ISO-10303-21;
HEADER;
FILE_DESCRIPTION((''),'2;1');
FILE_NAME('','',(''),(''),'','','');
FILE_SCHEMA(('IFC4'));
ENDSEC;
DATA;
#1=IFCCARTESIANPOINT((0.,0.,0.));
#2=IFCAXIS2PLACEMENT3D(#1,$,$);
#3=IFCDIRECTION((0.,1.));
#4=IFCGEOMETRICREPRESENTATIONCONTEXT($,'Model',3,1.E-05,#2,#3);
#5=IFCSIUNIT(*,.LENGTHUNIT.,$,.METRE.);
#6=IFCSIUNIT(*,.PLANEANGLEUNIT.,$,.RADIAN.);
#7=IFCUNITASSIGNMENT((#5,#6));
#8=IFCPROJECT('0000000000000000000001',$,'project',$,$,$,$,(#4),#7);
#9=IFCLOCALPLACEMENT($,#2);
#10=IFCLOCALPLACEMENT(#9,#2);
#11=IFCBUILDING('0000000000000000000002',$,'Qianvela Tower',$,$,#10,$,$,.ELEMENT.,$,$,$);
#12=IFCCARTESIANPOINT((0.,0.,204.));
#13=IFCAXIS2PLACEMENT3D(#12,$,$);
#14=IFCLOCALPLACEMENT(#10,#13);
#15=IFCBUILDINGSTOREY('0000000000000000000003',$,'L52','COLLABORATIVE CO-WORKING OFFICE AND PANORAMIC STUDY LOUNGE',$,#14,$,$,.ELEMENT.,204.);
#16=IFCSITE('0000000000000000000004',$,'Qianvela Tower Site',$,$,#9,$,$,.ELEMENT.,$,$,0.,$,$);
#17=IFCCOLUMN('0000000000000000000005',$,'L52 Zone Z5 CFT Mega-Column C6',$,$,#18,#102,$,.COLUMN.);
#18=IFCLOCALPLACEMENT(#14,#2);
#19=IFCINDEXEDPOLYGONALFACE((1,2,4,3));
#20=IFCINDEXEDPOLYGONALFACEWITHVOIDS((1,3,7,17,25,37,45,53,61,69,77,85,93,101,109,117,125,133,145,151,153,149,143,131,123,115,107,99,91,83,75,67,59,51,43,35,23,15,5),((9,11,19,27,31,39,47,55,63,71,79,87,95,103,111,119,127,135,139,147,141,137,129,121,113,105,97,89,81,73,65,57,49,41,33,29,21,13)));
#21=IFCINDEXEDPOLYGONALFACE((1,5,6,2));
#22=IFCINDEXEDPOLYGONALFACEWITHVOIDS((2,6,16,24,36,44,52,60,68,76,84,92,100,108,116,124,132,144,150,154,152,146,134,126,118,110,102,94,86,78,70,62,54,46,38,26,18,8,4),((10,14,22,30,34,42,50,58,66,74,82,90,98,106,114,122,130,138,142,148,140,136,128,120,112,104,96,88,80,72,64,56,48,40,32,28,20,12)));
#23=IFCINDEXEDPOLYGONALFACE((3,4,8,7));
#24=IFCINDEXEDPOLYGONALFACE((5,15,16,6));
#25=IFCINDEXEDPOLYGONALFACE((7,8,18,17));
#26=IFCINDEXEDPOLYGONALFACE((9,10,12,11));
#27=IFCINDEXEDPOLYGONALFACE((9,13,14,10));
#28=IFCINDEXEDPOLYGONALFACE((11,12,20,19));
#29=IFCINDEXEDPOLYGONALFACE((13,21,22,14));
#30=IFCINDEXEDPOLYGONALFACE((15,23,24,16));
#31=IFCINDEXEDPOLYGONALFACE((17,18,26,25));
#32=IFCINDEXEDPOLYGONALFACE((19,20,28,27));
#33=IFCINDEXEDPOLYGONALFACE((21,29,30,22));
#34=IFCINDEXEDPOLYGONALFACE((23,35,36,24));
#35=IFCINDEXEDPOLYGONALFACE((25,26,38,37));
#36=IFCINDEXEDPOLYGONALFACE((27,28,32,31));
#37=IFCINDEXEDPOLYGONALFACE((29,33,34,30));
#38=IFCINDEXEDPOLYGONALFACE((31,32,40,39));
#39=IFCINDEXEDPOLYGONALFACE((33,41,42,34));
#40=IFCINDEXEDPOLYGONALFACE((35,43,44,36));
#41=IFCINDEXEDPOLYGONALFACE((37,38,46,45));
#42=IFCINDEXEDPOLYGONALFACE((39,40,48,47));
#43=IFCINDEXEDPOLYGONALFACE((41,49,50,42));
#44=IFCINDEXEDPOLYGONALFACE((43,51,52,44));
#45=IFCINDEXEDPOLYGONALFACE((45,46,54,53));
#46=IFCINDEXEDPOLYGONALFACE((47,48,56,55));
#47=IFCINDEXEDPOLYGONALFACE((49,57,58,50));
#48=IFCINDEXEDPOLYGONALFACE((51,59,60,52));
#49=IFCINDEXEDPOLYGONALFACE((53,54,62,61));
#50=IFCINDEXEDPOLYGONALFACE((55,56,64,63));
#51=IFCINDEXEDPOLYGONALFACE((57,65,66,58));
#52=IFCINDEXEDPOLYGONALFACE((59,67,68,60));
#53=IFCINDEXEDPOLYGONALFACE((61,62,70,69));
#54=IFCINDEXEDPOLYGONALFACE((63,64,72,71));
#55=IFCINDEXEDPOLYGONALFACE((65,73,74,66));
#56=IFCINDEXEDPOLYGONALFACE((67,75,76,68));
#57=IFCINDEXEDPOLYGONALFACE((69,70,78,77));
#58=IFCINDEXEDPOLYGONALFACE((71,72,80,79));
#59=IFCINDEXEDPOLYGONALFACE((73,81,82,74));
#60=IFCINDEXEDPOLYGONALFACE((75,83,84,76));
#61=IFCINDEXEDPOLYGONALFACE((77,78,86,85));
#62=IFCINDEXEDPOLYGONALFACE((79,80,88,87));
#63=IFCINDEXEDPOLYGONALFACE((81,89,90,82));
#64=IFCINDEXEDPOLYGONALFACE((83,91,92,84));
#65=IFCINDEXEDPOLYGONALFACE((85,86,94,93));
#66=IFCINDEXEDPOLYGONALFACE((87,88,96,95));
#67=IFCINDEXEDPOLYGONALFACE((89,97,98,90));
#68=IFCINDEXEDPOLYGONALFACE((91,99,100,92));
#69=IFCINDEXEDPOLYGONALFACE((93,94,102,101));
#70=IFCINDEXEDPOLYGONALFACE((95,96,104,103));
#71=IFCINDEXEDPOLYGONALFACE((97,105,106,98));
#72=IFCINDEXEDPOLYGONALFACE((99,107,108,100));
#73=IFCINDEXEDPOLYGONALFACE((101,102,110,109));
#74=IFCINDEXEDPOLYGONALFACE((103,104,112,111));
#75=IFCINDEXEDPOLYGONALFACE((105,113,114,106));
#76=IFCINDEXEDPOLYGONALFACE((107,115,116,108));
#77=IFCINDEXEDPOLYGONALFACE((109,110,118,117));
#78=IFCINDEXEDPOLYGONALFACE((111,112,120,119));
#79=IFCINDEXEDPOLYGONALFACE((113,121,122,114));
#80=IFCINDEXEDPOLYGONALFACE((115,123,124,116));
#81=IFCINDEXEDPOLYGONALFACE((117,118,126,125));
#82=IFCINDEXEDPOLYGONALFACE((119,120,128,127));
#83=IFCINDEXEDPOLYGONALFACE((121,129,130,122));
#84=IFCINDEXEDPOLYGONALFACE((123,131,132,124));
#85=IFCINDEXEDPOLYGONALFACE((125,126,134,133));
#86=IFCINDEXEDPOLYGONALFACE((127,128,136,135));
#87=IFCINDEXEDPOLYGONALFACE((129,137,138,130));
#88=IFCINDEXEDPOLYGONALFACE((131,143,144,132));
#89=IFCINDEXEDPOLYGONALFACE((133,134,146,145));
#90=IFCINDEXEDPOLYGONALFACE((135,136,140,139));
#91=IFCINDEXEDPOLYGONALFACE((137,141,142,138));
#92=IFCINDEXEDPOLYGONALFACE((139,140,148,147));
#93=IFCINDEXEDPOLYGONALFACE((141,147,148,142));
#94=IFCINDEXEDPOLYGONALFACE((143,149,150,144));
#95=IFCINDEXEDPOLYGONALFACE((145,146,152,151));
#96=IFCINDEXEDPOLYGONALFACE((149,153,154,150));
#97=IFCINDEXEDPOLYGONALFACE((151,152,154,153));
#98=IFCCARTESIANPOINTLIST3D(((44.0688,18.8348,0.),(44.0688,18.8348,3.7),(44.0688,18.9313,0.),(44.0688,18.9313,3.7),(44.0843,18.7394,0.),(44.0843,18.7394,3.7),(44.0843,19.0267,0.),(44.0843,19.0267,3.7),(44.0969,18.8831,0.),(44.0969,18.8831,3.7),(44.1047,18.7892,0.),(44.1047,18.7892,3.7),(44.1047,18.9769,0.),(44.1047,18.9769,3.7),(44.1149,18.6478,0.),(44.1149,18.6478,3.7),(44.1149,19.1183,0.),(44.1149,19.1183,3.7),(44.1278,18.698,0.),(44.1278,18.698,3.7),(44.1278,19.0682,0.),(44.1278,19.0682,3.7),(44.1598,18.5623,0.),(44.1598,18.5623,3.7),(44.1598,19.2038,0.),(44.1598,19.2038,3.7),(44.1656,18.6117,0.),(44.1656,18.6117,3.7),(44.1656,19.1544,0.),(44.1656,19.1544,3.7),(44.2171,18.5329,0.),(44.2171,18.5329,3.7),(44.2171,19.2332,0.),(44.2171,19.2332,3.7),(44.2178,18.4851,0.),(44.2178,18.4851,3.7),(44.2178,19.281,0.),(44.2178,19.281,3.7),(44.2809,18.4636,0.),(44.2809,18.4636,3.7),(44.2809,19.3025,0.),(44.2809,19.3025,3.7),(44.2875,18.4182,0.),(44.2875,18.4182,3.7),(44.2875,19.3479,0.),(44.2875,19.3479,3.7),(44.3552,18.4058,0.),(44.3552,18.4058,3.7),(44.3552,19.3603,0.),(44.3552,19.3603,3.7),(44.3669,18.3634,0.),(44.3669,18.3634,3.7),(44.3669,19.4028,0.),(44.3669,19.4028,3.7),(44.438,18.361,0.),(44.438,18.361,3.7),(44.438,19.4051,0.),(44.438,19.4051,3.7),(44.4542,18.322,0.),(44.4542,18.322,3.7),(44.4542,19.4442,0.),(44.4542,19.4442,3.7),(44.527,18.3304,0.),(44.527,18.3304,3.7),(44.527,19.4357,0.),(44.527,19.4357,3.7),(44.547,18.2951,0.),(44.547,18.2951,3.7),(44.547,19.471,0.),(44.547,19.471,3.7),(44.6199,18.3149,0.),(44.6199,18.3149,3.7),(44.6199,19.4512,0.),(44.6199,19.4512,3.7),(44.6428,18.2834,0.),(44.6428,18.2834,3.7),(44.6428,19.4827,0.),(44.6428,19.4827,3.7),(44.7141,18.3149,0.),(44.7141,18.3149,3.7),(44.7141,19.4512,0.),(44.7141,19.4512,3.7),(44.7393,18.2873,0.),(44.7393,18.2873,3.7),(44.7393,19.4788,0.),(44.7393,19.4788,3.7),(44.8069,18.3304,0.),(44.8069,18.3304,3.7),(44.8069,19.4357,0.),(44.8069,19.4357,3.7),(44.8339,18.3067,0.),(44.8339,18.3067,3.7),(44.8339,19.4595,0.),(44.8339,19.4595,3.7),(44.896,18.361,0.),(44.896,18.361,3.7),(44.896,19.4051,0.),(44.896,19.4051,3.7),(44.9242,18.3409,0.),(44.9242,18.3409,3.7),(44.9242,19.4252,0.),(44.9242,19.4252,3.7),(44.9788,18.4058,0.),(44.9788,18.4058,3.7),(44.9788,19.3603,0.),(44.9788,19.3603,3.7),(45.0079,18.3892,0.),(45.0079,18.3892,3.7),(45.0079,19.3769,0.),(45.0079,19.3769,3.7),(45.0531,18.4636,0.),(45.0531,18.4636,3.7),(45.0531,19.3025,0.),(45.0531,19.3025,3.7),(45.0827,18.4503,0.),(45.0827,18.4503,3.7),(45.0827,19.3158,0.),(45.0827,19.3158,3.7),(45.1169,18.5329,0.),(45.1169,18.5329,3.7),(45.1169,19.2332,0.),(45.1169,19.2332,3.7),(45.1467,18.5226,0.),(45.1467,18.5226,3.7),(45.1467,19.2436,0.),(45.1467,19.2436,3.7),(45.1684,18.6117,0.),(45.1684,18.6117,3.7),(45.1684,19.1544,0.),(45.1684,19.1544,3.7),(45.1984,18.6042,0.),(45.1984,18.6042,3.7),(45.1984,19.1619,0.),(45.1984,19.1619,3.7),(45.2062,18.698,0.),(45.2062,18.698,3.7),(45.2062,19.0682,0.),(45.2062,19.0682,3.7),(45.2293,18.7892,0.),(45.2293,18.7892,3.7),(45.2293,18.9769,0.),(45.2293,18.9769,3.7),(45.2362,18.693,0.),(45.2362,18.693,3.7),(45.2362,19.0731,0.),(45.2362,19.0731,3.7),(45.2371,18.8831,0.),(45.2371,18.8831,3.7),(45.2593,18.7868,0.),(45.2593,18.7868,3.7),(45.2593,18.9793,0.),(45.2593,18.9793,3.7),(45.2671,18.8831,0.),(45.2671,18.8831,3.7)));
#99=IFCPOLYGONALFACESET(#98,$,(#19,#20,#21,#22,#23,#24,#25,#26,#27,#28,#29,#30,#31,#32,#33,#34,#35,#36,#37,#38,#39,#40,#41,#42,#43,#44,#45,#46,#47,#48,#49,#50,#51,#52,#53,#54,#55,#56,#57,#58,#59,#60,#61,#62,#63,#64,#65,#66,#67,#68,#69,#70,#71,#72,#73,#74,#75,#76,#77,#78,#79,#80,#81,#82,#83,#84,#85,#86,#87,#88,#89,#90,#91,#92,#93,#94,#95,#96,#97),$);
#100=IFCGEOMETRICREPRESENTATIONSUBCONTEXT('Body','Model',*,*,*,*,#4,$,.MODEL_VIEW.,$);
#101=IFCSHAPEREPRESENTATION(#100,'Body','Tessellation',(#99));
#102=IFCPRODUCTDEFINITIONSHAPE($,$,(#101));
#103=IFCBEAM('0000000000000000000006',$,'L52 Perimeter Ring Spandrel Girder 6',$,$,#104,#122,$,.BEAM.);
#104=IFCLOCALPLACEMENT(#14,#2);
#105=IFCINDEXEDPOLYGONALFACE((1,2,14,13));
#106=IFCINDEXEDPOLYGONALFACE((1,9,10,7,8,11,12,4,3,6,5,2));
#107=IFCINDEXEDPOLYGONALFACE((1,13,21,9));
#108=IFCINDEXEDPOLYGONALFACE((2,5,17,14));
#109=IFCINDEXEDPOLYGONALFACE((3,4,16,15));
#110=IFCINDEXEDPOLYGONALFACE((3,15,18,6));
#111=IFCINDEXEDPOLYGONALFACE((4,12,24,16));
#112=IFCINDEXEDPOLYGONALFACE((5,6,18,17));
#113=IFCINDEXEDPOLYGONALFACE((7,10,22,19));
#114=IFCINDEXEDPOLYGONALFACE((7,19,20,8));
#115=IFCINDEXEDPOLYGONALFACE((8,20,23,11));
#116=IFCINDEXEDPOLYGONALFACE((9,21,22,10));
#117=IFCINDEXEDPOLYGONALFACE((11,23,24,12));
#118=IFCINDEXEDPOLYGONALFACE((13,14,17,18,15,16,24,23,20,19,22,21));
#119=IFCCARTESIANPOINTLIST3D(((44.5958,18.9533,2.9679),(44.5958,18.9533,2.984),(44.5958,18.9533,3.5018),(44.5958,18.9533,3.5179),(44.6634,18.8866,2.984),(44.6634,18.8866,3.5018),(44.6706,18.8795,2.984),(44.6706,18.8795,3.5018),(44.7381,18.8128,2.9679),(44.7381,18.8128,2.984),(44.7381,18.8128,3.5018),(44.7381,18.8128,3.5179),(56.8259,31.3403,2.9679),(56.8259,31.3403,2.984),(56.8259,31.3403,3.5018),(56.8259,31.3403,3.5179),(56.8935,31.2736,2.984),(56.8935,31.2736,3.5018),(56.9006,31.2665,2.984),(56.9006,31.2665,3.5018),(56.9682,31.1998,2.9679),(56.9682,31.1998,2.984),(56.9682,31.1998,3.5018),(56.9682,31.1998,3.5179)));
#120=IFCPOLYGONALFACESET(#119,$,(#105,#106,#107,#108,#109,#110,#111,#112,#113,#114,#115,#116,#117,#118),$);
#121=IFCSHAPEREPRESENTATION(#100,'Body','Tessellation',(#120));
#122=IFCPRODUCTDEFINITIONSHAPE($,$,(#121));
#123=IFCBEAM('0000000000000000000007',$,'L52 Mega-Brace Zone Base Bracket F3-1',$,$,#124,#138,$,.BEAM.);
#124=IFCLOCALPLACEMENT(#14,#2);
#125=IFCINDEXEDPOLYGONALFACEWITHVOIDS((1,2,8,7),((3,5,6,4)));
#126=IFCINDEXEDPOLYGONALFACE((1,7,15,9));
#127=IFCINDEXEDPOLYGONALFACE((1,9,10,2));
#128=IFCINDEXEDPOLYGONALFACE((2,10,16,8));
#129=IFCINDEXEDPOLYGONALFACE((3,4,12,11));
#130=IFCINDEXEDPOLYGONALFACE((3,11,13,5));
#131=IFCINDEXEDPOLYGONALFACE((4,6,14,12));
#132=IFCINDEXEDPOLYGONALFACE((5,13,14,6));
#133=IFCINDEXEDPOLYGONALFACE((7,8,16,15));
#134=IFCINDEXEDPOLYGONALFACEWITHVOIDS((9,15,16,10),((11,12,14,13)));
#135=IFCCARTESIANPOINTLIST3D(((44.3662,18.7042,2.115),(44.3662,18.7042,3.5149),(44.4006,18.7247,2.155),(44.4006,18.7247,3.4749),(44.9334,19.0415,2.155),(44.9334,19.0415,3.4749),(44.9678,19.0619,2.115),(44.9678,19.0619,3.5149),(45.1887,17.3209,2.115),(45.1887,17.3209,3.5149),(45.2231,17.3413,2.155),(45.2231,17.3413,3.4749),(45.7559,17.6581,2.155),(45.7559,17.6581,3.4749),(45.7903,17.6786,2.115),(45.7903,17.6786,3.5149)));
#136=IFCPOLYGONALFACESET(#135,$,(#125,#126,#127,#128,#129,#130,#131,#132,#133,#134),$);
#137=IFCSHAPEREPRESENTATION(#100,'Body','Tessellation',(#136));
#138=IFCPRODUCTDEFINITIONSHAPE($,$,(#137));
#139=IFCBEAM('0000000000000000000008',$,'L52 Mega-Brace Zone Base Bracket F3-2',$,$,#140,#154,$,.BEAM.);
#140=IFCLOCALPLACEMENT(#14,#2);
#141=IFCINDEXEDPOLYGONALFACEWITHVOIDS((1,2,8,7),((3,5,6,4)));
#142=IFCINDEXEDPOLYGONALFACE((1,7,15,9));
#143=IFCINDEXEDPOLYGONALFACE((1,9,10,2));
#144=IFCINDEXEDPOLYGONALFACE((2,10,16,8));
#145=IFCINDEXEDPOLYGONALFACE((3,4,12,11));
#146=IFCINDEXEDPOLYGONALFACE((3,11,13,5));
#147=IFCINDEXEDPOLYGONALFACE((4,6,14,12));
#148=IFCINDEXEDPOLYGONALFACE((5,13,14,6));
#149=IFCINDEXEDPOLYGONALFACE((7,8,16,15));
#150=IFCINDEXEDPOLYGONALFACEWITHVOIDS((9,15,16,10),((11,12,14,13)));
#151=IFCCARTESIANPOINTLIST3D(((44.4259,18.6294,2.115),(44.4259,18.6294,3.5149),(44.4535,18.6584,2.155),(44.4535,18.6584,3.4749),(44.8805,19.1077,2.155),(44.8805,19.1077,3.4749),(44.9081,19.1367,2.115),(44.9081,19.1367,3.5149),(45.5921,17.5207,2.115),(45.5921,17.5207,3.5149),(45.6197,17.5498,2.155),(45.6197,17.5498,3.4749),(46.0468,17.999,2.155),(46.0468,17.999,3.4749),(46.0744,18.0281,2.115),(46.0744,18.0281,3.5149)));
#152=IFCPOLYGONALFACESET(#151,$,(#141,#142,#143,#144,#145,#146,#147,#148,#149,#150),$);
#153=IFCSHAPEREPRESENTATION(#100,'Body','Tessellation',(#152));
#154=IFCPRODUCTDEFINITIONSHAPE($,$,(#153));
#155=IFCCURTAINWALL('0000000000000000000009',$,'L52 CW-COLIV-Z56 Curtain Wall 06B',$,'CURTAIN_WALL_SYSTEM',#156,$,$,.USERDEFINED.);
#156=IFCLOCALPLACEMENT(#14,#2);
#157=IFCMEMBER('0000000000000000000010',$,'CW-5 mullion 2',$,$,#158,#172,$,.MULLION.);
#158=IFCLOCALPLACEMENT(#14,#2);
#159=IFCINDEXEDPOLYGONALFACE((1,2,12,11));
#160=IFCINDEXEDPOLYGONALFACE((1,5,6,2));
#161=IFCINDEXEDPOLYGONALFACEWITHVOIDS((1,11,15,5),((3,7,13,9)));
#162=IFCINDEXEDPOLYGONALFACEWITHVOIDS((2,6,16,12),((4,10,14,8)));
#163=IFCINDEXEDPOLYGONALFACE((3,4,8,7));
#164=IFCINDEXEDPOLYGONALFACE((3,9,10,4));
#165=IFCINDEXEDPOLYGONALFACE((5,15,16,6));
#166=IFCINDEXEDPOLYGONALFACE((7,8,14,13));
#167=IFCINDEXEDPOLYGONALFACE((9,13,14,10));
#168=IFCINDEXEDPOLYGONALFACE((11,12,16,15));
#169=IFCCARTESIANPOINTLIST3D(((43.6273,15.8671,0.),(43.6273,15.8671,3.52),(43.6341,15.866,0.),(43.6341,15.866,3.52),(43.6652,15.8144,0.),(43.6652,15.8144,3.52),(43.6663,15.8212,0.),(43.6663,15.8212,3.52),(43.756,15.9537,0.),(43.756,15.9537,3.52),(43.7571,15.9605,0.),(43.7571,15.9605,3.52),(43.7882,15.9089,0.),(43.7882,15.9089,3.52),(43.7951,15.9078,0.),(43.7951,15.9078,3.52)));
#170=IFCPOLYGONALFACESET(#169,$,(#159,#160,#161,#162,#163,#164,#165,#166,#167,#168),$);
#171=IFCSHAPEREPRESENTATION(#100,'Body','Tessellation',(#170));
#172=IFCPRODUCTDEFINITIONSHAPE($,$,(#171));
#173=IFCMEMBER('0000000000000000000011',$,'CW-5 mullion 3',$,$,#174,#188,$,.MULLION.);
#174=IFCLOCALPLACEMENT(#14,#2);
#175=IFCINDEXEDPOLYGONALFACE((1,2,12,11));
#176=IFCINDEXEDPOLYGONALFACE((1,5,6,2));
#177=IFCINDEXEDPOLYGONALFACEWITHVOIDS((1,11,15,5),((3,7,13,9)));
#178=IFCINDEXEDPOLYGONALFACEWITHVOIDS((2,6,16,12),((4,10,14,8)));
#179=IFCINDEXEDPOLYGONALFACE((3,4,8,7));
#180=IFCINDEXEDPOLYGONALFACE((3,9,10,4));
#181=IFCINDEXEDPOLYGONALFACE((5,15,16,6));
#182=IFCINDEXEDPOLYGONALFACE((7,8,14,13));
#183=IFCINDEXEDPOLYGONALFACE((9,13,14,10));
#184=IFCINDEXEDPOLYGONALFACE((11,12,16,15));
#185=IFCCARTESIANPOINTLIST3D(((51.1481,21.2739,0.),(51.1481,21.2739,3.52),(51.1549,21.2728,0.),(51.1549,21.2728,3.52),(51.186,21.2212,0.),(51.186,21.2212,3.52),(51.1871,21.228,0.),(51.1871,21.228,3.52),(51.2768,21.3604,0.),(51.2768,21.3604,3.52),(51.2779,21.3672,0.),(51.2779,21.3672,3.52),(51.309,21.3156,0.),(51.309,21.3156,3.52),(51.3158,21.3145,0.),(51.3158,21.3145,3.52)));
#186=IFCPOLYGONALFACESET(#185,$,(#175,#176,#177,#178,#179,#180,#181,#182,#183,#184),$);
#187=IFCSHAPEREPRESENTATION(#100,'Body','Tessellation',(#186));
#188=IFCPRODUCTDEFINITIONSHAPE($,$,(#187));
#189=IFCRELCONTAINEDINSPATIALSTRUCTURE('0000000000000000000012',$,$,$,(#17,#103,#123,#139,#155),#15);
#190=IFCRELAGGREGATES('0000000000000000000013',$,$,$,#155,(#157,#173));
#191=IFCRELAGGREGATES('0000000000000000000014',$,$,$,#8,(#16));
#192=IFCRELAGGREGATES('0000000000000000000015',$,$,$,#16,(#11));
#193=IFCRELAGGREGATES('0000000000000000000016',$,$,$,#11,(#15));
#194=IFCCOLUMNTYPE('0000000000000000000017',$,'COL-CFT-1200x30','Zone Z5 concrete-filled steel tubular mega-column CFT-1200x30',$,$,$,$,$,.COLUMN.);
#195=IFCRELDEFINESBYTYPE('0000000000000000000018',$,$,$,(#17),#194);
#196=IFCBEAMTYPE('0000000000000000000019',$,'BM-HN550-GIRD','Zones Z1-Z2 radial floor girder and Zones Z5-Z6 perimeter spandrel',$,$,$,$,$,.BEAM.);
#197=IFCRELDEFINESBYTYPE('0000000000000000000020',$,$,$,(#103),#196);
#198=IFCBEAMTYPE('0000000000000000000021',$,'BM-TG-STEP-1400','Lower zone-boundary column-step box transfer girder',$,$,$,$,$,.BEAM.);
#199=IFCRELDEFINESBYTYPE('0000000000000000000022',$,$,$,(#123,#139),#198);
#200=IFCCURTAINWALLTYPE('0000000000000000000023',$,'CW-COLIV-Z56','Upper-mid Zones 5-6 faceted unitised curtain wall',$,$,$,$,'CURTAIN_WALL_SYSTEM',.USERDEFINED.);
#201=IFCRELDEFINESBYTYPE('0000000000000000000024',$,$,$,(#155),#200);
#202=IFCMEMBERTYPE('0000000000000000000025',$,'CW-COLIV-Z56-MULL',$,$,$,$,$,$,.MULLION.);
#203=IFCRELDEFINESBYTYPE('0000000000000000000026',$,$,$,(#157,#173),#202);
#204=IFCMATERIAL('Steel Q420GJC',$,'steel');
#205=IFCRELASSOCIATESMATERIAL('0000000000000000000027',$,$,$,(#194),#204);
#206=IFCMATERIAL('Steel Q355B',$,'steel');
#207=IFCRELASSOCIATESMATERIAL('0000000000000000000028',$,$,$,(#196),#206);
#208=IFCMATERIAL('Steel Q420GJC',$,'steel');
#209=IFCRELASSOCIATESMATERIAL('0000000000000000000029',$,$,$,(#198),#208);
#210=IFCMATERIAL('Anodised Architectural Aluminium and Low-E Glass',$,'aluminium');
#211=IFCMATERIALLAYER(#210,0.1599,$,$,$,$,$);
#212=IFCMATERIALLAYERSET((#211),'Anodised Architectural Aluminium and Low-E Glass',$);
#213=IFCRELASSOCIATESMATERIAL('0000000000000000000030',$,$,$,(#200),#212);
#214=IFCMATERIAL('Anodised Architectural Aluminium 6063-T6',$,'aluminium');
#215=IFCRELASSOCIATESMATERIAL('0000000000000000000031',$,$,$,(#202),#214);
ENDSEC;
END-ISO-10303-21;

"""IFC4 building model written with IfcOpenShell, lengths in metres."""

from ifc_helpers import new_model, si_unit, direction, frame, origin, origin_2d, place, context, subcontext, project, spatial, hollow_rectangle, hollow_circle, i_section, extrude, material, layer, layer_set, material_profile, profile_set, type_object, element, aggregate, save


model = new_model("IFC4")

# Units and contexts
model_context = context("Model", 3, precision=1e-05, world=origin(), true_north=direction((0.0, 1.0)))
body_context = subcontext(model_context, "Body", "Model", "MODEL_VIEW")
ifc_project = project(units=[si_unit("LENGTHUNIT", "METRE"), si_unit("PLANEANGLEUNIT", "RADIAN")], contexts=[model_context])

# Site, building, storey
site_placement = place(None, origin())
site = spatial("IfcSite", under=ifc_project, at=site_placement, Name="Qianvela Tower Site", CompositionType="ELEMENT", RefElevation=0.0)
building_placement = place(site_placement, origin())
building = spatial("IfcBuilding", under=site, at=building_placement, Name="Qianvela Tower", CompositionType="ELEMENT")
storey_placement = place(building_placement, frame((0.0, 0.0, 204.0)))
storey = spatial("IfcBuildingStorey", under=building, at=storey_placement, Name="L52", Description="COLLABORATIVE CO-WORKING OFFICE AND PANORAMIC STUDY LOUNGE", CompositionType="ELEMENT", Elevation=204.0)

# Column
ifc_material_1 = material(Name="Steel Q420GJC", Category="steel")
ifc_material_profile_1 = material_profile(ifc_material_1, hollow_circle(Radius=0.6001, WallThickness=0.03, at=origin_2d()), Name="CFT-1200x30")
ifc_profile_set_1 = profile_set([ifc_material_profile_1], Name="Steel Q420GJC")
column_type = type_object("IfcColumnType", Name="COL-CFT-1200x30", Description="Zone Z5 concrete-filled steel tubular mega-column CFT-1200x30", PredefinedType="COLUMN", material=ifc_profile_set_1)
column_placement = place(storey_placement, frame((44.667, 18.8831, 0.0), z_axis=(0.0, 0.0, 1.0), x_axis=(1.0, 0.0, 0.0)))
element("IfcColumn", 1, at=column_placement, inside=storey, type_object=column_type, Name="L52 Zone Z5 CFT Mega-Column C6", PredefinedType="COLUMN", context=body_context, shape_type="SweptSolid", body=[
    extrude(hollow_circle(Radius=0.6001, WallThickness=0.03, at=origin_2d()), origin(), (0.0, 0.0, 1.0), 3.7),
])

# Beams
ifc_material_2 = material(Name="Steel Q355B", Category="steel")
ifc_material_profile_2 = material_profile(ifc_material_2, i_section(OverallWidth=0.2, OverallDepth=0.55, WebThickness=0.01, FlangeThickness=0.0161, at=origin_2d()), Name="HN550x200x10x16")
ifc_profile_set_2 = profile_set([ifc_material_profile_2], Name="Steel Q355B")
beam_type_1 = type_object("IfcBeamType", Name="BM-HN550-GIRD", Description="Zones Z1-Z2 radial floor girder and Zones Z5-Z6 perimeter spandrel", PredefinedType="BEAM", material=ifc_profile_set_2)
beam_1_placement = place(storey_placement, frame((44.667, 18.8831, 3.2429), z_axis=(0.702583, 0.711602, 0.0), x_axis=(-0.711602, 0.702583, 0.0)))
element("IfcBeam", 2, at=beam_1_placement, inside=storey, type_object=beam_type_1, Name="L52 Perimeter Ring Spandrel Girder 6", PredefinedType="BEAM", context=body_context, shape_type="SweptSolid", body=[
    extrude(i_section(OverallWidth=0.2, OverallDepth=0.55, WebThickness=0.01, FlangeThickness=0.0161, at=origin_2d()), origin(), (0.0, 0.0, 1.0), 17.4072),
])
ifc_material_3 = material(Name="Steel Q420GJC", Category="steel")
ifc_material_profile_3 = material_profile(ifc_material_3, hollow_rectangle(XDim=0.7, YDim=1.3999, WallThickness=0.04, at=origin_2d()), Name="TG-BOX-1400x700x40")
ifc_profile_set_3 = profile_set([ifc_material_profile_3], Name="Steel Q420GJC")
beam_type_2 = type_object("IfcBeamType", Name="BM-TG-STEP-1400", Description="Lower zone-boundary column-step box transfer girder", PredefinedType="BEAM", material=ifc_profile_set_3)
beam_2_placement = place(storey_placement, frame((44.667, 18.8831, 2.8149), z_axis=(0.511078, -0.859534, 0.0), x_axis=(0.859534, 0.511078, 0.0)))
element("IfcBeam", 3, at=beam_2_placement, inside=storey, type_object=beam_type_2, Name="L52 Mega-Brace Zone Base Bracket F3-1", PredefinedType="BEAM", context=body_context, shape_type="SweptSolid", body=[
    extrude(hollow_rectangle(XDim=0.7, YDim=1.3999, WallThickness=0.04, at=origin_2d()), origin(), (0.0, 0.0, 1.0), 1.6094),
])
beam_3_placement = place(storey_placement, frame((44.667, 18.8831, 2.8149), z_axis=(0.724783, -0.688977, 0.0), x_axis=(0.688977, 0.724783, 0.0)))
element("IfcBeam", 4, at=beam_3_placement, inside=storey, type_object=beam_type_2, Name="L52 Mega-Brace Zone Base Bracket F3-2", PredefinedType="BEAM", context=body_context, shape_type="SweptSolid", body=[
    extrude(hollow_rectangle(XDim=0.7, YDim=1.3999, WallThickness=0.04, at=origin_2d()), origin(), (0.0, 0.0, 1.0), 1.6091),
])

# Curtain wall, members
ifc_material_4 = material(Name="Anodised Architectural Aluminium and Low-E Glass", Category="aluminium")
ifc_layer_1 = layer(ifc_material_4, 0.1599)
ifc_layer_set_1 = layer_set([ifc_layer_1], Name="Anodised Architectural Aluminium and Low-E Glass")
curtain_wall_type = type_object("IfcCurtainWallType", Name="CW-COLIV-Z56", Description="Upper-mid Zones 5-6 faceted unitised curtain wall", ElementType="CURTAIN_WALL_SYSTEM", PredefinedType="USERDEFINED", material=ifc_layer_set_1)
curtain_wall_placement = place(storey_placement, origin())
curtain_wall = element("IfcCurtainWall", 5, at=curtain_wall_placement, inside=storey, type_object=curtain_wall_type, Name="L52 CW-COLIV-Z56 Curtain Wall 06B", ObjectType="CURTAIN_WALL_SYSTEM", PredefinedType="USERDEFINED")
ifc_material_5 = material(Name="Anodised Architectural Aluminium 6063-T6", Category="aluminium")
ifc_material_profile_4 = material_profile(ifc_material_5, hollow_rectangle(XDim=0.0649, YDim=0.1599, WallThickness=0.0049, at=origin_2d()), Name="ALU-MULL-65x160")
ifc_profile_set_4 = profile_set([ifc_material_profile_4], Name="Anodised Architectural Aluminium 6063-T6")
member_type_1 = type_object("IfcMemberType", Name="CW-COLIV-Z56-MULL", PredefinedType="MULLION", material=ifc_profile_set_4)
member_1_placement = place(storey_placement, frame((43.7112, 15.8875, 0.0), z_axis=(0.0, 0.0, 1.0), x_axis=(-0.583725, 0.811952, 0.0)))
member_1 = element("IfcMember", 6, at=member_1_placement, type_object=member_type_1, Name="CW-5 mullion 2", PredefinedType="MULLION", context=body_context, shape_type="SweptSolid", body=[
    extrude(hollow_rectangle(XDim=0.0649, YDim=0.1599, WallThickness=0.0049, at=origin_2d()), origin(), (0.0, 0.0, 1.0), 3.52),
])
member_2_placement = place(storey_placement, frame((51.2319, 21.2942, 0.0), z_axis=(0.0, 0.0, 1.0), x_axis=(-0.583725, 0.811952, 0.0)))
member_2 = element("IfcMember", 7, at=member_2_placement, type_object=member_type_1, Name="CW-5 mullion 3", PredefinedType="MULLION", context=body_context, shape_type="SweptSolid", body=[
    extrude(hollow_rectangle(XDim=0.0649, YDim=0.1599, WallThickness=0.0049, at=origin_2d()), origin(), (0.0, 0.0, 1.0), 3.52),
])
aggregate(curtain_wall, [member_1, member_2])

save(model, "model.ifc")
